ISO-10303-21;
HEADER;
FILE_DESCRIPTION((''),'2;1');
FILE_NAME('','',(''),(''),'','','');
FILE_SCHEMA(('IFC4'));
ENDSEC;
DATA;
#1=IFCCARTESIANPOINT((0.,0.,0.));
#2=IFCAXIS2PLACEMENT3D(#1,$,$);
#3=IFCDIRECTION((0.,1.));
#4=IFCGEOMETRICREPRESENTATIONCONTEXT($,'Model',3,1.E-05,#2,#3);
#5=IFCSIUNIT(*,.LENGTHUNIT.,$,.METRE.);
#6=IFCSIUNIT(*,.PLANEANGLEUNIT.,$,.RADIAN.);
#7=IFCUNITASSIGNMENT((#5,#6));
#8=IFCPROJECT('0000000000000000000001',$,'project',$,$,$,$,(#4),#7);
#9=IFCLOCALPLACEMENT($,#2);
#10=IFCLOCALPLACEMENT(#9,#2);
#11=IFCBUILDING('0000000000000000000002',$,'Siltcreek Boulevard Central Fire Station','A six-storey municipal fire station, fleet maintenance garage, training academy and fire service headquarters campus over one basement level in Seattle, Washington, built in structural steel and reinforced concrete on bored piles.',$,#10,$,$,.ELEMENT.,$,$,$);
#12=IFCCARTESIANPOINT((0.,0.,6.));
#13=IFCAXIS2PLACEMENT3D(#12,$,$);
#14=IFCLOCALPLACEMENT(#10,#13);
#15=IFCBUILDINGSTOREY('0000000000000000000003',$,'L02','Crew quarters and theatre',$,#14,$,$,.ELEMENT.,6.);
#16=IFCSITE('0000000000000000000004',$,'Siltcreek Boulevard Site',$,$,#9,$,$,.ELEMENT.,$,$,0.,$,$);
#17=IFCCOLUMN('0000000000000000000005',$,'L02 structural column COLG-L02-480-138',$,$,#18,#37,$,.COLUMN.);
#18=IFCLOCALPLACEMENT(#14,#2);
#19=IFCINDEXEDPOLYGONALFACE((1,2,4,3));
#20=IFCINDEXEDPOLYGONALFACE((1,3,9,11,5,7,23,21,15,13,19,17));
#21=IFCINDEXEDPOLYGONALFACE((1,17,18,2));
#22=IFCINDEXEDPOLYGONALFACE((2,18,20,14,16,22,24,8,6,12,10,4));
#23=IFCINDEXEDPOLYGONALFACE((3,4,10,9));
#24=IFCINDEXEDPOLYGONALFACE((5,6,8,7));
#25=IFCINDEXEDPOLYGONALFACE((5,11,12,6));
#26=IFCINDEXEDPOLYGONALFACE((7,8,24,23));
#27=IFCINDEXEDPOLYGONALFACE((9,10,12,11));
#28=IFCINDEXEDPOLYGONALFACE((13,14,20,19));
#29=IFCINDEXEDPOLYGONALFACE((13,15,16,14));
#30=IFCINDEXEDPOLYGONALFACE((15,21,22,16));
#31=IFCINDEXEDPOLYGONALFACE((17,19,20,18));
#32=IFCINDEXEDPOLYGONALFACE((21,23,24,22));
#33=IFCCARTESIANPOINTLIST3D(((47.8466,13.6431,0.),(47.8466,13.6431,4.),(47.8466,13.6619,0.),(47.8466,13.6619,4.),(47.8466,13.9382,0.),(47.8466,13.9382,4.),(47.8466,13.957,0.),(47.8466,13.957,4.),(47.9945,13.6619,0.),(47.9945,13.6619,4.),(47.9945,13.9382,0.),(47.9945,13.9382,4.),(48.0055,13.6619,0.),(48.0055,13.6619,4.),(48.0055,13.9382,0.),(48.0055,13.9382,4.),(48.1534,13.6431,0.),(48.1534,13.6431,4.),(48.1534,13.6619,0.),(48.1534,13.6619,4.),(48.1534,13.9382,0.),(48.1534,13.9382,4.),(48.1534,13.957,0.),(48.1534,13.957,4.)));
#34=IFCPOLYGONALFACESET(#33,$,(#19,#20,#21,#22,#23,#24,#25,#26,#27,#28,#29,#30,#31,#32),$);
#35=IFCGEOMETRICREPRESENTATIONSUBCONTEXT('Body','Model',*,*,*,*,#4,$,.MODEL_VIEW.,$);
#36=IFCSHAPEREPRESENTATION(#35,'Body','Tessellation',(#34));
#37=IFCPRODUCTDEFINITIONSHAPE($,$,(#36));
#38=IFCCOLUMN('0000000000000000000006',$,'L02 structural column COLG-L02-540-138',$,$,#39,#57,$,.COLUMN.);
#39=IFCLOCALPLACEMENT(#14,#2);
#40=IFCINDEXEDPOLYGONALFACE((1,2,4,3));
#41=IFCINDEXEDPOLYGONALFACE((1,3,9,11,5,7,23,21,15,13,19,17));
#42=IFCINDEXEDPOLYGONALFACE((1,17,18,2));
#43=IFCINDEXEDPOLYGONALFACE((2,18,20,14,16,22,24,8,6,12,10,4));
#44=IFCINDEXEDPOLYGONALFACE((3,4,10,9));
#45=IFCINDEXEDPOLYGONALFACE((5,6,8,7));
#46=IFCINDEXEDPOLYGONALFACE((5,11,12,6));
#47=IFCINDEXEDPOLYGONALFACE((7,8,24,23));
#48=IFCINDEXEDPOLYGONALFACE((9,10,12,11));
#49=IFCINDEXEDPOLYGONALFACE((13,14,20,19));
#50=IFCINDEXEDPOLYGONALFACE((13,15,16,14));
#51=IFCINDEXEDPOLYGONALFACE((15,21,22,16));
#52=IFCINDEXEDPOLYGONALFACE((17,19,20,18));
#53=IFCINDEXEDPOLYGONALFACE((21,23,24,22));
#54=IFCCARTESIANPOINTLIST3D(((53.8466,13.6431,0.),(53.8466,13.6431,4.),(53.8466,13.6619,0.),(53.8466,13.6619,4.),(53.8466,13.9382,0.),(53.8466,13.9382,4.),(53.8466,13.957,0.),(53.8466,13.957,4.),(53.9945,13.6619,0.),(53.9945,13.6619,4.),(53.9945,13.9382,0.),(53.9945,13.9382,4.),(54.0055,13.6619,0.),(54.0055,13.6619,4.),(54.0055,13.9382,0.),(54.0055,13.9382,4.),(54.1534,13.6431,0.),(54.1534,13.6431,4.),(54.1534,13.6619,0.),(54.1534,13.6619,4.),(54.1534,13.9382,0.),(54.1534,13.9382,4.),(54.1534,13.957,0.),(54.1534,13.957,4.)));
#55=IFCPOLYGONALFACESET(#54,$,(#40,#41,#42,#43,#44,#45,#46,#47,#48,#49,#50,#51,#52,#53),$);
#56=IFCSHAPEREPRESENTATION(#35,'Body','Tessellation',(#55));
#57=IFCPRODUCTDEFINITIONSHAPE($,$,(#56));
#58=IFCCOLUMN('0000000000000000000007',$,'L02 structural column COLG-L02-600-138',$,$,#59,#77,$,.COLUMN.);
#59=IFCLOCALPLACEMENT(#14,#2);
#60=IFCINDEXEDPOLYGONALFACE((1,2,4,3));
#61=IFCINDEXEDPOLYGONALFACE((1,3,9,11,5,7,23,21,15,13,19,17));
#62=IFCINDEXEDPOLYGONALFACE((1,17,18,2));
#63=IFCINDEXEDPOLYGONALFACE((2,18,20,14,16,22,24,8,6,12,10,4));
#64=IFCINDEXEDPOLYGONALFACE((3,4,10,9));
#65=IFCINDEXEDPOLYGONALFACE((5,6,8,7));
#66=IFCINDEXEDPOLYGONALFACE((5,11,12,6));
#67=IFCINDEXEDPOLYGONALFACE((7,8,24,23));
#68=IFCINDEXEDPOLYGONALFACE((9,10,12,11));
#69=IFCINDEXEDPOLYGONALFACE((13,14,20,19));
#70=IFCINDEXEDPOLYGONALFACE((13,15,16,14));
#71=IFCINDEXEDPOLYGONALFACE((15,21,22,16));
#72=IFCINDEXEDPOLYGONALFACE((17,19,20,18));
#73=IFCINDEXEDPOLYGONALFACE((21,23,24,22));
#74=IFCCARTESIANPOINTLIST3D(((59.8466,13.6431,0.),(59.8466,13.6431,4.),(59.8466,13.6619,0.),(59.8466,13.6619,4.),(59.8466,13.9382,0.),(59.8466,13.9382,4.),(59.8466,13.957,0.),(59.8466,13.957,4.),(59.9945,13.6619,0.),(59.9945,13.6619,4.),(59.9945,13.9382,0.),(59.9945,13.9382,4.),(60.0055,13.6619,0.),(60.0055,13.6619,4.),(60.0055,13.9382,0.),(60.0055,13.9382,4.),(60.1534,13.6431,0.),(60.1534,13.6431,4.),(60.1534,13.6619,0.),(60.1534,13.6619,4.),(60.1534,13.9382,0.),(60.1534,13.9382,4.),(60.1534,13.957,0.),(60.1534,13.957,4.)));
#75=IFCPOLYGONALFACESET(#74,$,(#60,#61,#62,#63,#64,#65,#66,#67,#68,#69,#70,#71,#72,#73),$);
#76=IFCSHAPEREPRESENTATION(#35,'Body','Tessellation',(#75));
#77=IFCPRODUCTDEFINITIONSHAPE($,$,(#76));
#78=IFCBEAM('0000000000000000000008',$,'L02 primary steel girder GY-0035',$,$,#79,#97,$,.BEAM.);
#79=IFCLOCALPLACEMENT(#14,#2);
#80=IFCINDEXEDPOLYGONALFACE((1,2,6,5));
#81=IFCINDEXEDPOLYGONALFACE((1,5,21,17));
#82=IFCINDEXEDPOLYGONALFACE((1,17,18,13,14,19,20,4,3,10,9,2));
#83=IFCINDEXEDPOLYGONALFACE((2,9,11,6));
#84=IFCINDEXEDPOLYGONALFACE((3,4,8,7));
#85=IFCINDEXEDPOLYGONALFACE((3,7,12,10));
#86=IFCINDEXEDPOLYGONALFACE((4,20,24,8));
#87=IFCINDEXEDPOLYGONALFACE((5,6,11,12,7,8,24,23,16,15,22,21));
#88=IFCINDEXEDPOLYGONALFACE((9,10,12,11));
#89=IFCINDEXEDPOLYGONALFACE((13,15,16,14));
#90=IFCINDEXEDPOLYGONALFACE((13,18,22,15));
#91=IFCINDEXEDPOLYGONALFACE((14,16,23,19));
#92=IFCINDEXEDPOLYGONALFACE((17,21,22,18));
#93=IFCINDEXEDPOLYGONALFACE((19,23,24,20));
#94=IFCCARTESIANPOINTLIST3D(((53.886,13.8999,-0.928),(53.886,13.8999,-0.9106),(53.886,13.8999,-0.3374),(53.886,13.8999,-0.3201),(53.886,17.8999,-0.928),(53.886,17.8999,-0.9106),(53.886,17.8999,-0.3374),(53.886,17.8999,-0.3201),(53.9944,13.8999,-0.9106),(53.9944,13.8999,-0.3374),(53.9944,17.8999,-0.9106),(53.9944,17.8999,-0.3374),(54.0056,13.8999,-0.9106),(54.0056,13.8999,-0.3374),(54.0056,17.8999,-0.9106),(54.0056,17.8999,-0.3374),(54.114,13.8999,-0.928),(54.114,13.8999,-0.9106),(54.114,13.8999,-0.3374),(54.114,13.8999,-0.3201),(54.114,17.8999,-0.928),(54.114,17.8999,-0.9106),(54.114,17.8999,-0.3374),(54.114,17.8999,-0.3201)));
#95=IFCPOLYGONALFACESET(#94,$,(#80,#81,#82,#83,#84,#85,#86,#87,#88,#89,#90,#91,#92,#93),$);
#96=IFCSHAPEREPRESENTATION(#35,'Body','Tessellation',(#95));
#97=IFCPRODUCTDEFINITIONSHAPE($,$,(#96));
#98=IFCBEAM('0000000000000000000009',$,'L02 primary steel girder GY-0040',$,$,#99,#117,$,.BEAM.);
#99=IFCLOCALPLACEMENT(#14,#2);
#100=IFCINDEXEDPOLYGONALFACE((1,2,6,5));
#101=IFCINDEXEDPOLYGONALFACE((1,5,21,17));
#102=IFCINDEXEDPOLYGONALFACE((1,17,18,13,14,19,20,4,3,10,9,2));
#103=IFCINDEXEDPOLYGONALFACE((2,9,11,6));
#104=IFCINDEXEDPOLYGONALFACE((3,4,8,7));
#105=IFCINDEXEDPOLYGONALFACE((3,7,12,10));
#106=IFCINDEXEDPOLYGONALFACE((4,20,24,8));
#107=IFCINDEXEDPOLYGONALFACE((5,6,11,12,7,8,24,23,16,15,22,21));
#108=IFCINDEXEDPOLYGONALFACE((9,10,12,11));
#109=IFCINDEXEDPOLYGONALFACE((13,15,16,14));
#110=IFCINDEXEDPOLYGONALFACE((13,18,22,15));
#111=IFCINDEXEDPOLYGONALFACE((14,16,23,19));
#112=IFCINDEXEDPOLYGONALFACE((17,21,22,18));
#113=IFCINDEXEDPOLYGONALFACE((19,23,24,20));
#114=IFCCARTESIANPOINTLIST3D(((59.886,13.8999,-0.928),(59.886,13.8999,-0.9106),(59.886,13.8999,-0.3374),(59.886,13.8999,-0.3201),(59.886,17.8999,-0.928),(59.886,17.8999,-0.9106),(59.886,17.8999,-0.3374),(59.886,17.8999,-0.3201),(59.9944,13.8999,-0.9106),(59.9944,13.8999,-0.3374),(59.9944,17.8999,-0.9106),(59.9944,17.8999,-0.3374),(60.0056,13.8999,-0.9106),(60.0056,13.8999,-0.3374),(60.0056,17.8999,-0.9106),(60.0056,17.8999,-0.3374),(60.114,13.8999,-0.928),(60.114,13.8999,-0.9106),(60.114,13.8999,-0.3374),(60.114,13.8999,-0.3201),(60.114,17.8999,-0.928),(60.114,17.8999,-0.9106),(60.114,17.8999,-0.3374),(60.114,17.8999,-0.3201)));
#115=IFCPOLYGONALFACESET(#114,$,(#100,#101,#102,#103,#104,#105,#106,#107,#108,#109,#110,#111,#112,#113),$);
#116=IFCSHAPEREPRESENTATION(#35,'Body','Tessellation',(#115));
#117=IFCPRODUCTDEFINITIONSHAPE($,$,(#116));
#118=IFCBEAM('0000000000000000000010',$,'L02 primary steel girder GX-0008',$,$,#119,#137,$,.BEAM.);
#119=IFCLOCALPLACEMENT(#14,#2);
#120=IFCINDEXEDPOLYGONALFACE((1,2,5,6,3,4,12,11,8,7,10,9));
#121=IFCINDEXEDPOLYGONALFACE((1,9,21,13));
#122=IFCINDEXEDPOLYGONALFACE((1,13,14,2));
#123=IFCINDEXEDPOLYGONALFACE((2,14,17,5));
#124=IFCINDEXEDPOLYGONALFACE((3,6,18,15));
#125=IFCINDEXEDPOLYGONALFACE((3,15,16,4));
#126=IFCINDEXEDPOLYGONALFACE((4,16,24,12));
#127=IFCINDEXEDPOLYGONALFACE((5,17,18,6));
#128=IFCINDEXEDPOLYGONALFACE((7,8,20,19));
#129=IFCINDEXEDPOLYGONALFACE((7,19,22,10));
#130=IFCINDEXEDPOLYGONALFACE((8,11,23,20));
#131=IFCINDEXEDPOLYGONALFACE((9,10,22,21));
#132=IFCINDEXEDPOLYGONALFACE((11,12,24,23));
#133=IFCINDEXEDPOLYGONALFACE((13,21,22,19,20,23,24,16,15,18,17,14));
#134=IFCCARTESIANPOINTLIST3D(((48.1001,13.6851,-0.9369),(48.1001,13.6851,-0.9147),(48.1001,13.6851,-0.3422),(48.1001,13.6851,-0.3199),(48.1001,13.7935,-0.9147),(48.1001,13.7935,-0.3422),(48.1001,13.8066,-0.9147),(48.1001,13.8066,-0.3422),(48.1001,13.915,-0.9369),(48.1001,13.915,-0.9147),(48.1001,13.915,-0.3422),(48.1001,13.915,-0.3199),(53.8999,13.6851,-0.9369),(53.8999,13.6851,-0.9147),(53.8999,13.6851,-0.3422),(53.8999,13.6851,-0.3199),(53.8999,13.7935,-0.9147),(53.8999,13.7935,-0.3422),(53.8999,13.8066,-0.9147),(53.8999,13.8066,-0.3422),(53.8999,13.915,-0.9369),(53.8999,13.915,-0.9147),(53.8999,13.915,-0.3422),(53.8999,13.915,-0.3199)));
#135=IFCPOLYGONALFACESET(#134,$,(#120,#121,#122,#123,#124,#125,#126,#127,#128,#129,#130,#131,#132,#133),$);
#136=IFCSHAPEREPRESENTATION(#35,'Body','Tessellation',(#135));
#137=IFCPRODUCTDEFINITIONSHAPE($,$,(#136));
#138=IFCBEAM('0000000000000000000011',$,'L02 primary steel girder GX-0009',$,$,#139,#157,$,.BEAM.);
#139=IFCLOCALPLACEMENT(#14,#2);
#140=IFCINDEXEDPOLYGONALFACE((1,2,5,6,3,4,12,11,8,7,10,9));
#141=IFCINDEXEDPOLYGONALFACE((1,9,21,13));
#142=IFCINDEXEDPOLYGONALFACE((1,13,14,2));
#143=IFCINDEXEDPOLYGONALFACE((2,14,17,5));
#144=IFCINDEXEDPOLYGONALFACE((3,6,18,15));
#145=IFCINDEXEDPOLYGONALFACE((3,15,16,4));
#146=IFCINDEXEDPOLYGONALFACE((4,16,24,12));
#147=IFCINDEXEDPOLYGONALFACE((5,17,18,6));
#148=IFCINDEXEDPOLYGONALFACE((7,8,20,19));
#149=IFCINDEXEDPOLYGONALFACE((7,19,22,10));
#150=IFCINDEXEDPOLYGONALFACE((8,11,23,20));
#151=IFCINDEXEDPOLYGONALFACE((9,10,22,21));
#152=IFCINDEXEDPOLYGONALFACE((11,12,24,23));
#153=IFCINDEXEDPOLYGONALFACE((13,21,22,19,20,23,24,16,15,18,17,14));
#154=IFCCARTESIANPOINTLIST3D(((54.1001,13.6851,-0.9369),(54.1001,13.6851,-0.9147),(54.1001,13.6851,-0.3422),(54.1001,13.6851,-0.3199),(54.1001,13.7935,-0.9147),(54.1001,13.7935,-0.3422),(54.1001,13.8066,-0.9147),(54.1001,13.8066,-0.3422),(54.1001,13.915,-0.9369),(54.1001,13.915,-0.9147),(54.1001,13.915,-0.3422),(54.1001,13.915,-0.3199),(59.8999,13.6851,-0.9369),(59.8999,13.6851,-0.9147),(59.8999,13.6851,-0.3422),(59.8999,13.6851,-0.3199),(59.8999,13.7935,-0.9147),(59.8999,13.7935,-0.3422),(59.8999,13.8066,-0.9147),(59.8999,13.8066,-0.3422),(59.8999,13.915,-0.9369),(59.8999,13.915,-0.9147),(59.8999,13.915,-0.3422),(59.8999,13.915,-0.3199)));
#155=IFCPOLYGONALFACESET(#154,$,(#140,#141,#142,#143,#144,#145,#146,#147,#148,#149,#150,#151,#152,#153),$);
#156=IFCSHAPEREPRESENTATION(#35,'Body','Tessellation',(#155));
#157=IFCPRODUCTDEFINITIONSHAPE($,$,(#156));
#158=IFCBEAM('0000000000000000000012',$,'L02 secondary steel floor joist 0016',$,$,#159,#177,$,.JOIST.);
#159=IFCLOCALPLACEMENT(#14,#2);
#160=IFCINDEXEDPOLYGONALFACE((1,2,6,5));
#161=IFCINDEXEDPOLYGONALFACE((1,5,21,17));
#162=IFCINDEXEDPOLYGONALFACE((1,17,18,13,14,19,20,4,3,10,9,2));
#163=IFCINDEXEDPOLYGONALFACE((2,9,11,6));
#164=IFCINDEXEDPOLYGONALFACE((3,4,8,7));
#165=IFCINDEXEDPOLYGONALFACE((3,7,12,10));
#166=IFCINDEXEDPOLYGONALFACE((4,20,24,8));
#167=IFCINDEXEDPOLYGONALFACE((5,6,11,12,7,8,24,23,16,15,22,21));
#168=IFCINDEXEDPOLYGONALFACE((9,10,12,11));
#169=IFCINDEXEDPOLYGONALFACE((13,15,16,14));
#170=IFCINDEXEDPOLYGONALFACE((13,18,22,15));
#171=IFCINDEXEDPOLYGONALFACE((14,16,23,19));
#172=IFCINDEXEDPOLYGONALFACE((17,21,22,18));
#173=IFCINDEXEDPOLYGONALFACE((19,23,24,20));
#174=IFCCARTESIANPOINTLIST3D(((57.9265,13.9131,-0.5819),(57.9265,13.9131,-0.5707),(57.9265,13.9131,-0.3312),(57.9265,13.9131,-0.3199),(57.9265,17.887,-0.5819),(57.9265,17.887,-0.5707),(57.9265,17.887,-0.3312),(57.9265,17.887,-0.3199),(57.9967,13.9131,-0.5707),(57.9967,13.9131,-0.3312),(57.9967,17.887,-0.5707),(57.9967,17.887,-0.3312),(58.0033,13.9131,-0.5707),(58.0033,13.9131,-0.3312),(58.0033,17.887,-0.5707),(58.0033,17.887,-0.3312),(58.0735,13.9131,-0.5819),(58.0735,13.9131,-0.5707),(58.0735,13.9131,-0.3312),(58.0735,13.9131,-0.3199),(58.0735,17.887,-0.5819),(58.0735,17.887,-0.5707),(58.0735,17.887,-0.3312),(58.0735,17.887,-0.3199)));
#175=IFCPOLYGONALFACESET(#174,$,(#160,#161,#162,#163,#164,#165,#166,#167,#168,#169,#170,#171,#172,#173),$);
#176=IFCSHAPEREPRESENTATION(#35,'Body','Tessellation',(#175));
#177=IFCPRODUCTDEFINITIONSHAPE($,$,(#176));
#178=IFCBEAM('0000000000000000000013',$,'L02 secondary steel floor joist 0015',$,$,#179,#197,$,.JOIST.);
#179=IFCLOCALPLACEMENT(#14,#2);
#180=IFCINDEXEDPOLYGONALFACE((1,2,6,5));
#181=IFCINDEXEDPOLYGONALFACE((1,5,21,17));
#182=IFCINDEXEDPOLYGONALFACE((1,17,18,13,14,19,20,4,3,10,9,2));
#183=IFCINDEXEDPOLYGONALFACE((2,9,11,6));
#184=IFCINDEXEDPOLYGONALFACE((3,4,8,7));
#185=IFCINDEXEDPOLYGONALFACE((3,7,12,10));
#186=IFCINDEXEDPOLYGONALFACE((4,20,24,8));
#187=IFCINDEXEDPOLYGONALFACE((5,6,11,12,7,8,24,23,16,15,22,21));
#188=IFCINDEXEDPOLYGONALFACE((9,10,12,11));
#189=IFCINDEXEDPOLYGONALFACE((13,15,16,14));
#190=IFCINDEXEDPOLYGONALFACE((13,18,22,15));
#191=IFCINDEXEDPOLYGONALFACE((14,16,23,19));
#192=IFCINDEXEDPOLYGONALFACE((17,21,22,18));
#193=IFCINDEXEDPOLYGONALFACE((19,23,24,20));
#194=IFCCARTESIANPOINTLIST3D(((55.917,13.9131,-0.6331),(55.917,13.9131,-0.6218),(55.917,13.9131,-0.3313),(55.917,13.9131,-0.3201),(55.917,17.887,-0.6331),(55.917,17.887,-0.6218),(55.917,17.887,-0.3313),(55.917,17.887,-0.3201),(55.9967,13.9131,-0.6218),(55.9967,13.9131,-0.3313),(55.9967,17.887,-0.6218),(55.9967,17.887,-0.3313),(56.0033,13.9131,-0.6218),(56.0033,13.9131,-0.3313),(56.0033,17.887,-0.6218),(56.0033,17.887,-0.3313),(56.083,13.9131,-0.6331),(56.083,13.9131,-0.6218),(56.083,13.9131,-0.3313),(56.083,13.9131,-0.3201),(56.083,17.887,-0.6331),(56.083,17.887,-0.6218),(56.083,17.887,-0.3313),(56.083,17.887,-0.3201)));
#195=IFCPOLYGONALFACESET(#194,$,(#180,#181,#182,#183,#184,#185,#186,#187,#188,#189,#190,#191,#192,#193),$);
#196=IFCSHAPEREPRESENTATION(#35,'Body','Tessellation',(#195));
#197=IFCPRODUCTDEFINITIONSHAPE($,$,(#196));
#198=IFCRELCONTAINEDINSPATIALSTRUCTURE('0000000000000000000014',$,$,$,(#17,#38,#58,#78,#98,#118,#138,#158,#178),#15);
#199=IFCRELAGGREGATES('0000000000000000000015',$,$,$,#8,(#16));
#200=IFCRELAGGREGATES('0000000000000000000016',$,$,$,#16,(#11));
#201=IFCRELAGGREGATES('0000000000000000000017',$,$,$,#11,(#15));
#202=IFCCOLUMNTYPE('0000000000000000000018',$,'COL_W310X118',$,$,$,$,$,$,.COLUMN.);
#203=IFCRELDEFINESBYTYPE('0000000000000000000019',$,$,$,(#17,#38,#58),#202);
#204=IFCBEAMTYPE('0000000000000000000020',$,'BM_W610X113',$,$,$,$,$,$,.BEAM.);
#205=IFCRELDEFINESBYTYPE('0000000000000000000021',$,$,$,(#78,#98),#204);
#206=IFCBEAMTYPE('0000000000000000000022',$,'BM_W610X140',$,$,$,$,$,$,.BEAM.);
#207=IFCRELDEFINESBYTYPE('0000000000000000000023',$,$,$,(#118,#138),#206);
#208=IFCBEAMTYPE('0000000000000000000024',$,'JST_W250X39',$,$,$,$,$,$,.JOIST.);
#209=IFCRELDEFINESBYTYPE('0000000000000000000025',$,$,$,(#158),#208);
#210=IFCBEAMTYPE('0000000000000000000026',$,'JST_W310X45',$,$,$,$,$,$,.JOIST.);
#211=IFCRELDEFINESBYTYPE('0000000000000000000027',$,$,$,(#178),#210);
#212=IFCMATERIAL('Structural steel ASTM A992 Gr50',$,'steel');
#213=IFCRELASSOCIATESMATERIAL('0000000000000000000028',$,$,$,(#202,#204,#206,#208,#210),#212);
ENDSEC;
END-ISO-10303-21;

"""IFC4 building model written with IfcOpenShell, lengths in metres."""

from ifc_helpers import new_model, si_unit, direction, frame, origin, origin_2d, place, context, subcontext, project, spatial, i_section, extrude, material, material_profile, profile_set, type_object, element, save


model = new_model("IFC4")

# Units and contexts
model_context = context("Model", 3, precision=1e-05, world=origin(), true_north=direction((0.0, 1.0)))
body_context = subcontext(model_context, "Body", "Model", "MODEL_VIEW")
ifc_project = project(units=[si_unit("LENGTHUNIT", "METRE"), si_unit("PLANEANGLEUNIT", "RADIAN")], contexts=[model_context])

# Site, building, storey
site_placement = place(None, origin())
site = spatial("IfcSite", under=ifc_project, at=site_placement, Name="Siltcreek Boulevard Site", CompositionType="ELEMENT", RefElevation=0.0)
building_placement = place(site_placement, origin())
building = spatial("IfcBuilding", under=site, at=building_placement, Name="Siltcreek Boulevard Central Fire Station", Description="A six-storey municipal fire station, fleet maintenance garage, training academy and fire service headquarters campus over one basement level in Seattle, Washington, built in structural steel and reinforced concrete on bored piles.", CompositionType="ELEMENT")
storey_placement = place(building_placement, frame((0.0, 0.0, 6.0)))
storey = spatial("IfcBuildingStorey", under=building, at=storey_placement, Name="L02", Description="Crew quarters and theatre", CompositionType="ELEMENT", Elevation=6.0)

# Columns
ifc_material_1 = material(Name="Structural steel ASTM A992 Gr50", Category="steel")
ifc_material_profile_1 = material_profile(ifc_material_1, i_section(OverallWidth=0.3069, OverallDepth=0.314, WebThickness=0.011, FlangeThickness=0.0188, at=origin_2d()), Name="W310X118")
ifc_profile_set_1 = profile_set([ifc_material_profile_1], Name="Structural steel ASTM A992 Gr50")
column_type = type_object("IfcColumnType", Name="COL_W310X118", PredefinedType="COLUMN", material=ifc_profile_set_1)
for number, where, z_axis, x_axis, name in (
    (1, (48.0, 13.8, 0.0), (0.0, 0.0, 1.0), (1.0, 0.0, 0.0), "L02 structural column COLG-L02-480-138"),
    (2, (54.0, 13.8, 0.0), (0.0, 0.0, 1.0), (1.0, 0.0, 0.0), "L02 structural column COLG-L02-540-138"),
    (3, (60.0, 13.8, 0.0), (0.0, 0.0, 1.0), (1.0, 0.0, 0.0), "L02 structural column COLG-L02-600-138"),
):
    element("IfcColumn", number, at=place(storey_placement, frame(where, z_axis=z_axis, x_axis=x_axis)), inside=storey, type_object=column_type, Name=name, PredefinedType="COLUMN", context=body_context, shape_type="SweptSolid", body=[
        extrude(i_section(OverallWidth=0.3069, OverallDepth=0.314, WebThickness=0.011, FlangeThickness=0.0188, at=origin_2d()), origin(), (0.0, 0.0, 1.0), 4.0),
    ])

# Beams
ifc_material_profile_2 = material_profile(ifc_material_1, i_section(OverallWidth=0.228, OverallDepth=0.6079, WebThickness=0.0112, FlangeThickness=0.0173, at=origin_2d()), Name="W610X113")
ifc_profile_set_2 = profile_set([ifc_material_profile_2], Name="Structural steel ASTM A992 Gr50")
beam_type_1 = type_object("IfcBeamType", Name="BM_W610X113", PredefinedType="BEAM", material=ifc_profile_set_2)
for number, where, z_axis, x_axis, name in (
    (4, (54.0, 13.8999, -0.624), (0.0, 1.0, 0.0), (-1.0, 0.0, 0.0), "L02 primary steel girder GY-0035"),
    (5, (60.0, 13.8999, -0.624), (0.0, 1.0, 0.0), (-1.0, 0.0, 0.0), "L02 primary steel girder GY-0040"),
):
    element("IfcBeam", number, at=place(storey_placement, frame(where, z_axis=z_axis, x_axis=x_axis)), inside=storey, type_object=beam_type_1, Name=name, PredefinedType="BEAM", context=body_context, shape_type="SweptSolid", body=[
        extrude(i_section(OverallWidth=0.228, OverallDepth=0.6079, WebThickness=0.0112, FlangeThickness=0.0173, at=origin_2d()), origin(), (0.0, 0.0, 1.0), 4.0),
    ])
ifc_material_profile_3 = material_profile(ifc_material_1, i_section(OverallWidth=0.23, OverallDepth=0.6169, WebThickness=0.0132, FlangeThickness=0.0222, at=origin_2d()), Name="W610X140")
ifc_profile_set_3 = profile_set([ifc_material_profile_3], Name="Structural steel ASTM A992 Gr50")
beam_type_2 = type_object("IfcBeamType", Name="BM_W610X140", PredefinedType="BEAM", material=ifc_profile_set_3)
for number, where, z_axis, x_axis, name in (
    (6, (48.1001, 13.8, -0.6284), (1.0, 0.0, 0.0), (0.0, 1.0, 0.0), "L02 primary steel girder GX-0008"),
    (7, (54.1001, 13.8, -0.6284), (1.0, 0.0, 0.0), (0.0, 1.0, 0.0), "L02 primary steel girder GX-0009"),
):
    element("IfcBeam", number, at=place(storey_placement, frame(where, z_axis=z_axis, x_axis=x_axis)), inside=storey, type_object=beam_type_2, Name=name, PredefinedType="BEAM", context=body_context, shape_type="SweptSolid", body=[
        extrude(i_section(OverallWidth=0.23, OverallDepth=0.6169, WebThickness=0.0132, FlangeThickness=0.0222, at=origin_2d()), origin(), (0.0, 0.0, 1.0), 5.7998),
    ])
ifc_material_profile_4 = material_profile(ifc_material_1, i_section(OverallWidth=0.147, OverallDepth=0.262, WebThickness=0.0066, FlangeThickness=0.0112, at=origin_2d()), Name="W250X39")
ifc_profile_set_4 = profile_set([ifc_material_profile_4], Name="Structural steel ASTM A992 Gr50")
beam_type_3 = type_object("IfcBeamType", Name="JST_W250X39", PredefinedType="JOIST", material=ifc_profile_set_4)
beam_1_placement = place(storey_placement, frame((58.0, 13.9131, -0.4509), z_axis=(0.0, 1.0, 0.0), x_axis=(-1.0, 0.0, 0.0)))
element("IfcBeam", 8, at=beam_1_placement, inside=storey, type_object=beam_type_3, Name="L02 secondary steel floor joist 0016", PredefinedType="JOIST", context=body_context, shape_type="SweptSolid", body=[
    extrude(i_section(OverallWidth=0.147, OverallDepth=0.262, WebThickness=0.0066, FlangeThickness=0.0112, at=origin_2d()), origin(), (0.0, 0.0, 1.0), 3.9739),
])
ifc_material_profile_5 = material_profile(ifc_material_1, i_section(OverallWidth=0.166, OverallDepth=0.313, WebThickness=0.0066, FlangeThickness=0.0112, at=origin_2d()), Name="W310X45")
ifc_profile_set_5 = profile_set([ifc_material_profile_5], Name="Structural steel ASTM A992 Gr50")
beam_type_4 = type_object("IfcBeamType", Name="JST_W310X45", PredefinedType="JOIST", material=ifc_profile_set_5)
beam_2_placement = place(storey_placement, frame((56.0, 13.9131, -0.4766), z_axis=(0.0, 1.0, 0.0), x_axis=(-1.0, 0.0, 0.0)))
element("IfcBeam", 9, at=beam_2_placement, inside=storey, type_object=beam_type_4, Name="L02 secondary steel floor joist 0015", PredefinedType="JOIST", context=body_context, shape_type="SweptSolid", body=[
    extrude(i_section(OverallWidth=0.166, OverallDepth=0.313, WebThickness=0.0066, FlangeThickness=0.0112, at=origin_2d()), origin(), (0.0, 0.0, 1.0), 3.9739),
])

save(model, "model.ifc")
